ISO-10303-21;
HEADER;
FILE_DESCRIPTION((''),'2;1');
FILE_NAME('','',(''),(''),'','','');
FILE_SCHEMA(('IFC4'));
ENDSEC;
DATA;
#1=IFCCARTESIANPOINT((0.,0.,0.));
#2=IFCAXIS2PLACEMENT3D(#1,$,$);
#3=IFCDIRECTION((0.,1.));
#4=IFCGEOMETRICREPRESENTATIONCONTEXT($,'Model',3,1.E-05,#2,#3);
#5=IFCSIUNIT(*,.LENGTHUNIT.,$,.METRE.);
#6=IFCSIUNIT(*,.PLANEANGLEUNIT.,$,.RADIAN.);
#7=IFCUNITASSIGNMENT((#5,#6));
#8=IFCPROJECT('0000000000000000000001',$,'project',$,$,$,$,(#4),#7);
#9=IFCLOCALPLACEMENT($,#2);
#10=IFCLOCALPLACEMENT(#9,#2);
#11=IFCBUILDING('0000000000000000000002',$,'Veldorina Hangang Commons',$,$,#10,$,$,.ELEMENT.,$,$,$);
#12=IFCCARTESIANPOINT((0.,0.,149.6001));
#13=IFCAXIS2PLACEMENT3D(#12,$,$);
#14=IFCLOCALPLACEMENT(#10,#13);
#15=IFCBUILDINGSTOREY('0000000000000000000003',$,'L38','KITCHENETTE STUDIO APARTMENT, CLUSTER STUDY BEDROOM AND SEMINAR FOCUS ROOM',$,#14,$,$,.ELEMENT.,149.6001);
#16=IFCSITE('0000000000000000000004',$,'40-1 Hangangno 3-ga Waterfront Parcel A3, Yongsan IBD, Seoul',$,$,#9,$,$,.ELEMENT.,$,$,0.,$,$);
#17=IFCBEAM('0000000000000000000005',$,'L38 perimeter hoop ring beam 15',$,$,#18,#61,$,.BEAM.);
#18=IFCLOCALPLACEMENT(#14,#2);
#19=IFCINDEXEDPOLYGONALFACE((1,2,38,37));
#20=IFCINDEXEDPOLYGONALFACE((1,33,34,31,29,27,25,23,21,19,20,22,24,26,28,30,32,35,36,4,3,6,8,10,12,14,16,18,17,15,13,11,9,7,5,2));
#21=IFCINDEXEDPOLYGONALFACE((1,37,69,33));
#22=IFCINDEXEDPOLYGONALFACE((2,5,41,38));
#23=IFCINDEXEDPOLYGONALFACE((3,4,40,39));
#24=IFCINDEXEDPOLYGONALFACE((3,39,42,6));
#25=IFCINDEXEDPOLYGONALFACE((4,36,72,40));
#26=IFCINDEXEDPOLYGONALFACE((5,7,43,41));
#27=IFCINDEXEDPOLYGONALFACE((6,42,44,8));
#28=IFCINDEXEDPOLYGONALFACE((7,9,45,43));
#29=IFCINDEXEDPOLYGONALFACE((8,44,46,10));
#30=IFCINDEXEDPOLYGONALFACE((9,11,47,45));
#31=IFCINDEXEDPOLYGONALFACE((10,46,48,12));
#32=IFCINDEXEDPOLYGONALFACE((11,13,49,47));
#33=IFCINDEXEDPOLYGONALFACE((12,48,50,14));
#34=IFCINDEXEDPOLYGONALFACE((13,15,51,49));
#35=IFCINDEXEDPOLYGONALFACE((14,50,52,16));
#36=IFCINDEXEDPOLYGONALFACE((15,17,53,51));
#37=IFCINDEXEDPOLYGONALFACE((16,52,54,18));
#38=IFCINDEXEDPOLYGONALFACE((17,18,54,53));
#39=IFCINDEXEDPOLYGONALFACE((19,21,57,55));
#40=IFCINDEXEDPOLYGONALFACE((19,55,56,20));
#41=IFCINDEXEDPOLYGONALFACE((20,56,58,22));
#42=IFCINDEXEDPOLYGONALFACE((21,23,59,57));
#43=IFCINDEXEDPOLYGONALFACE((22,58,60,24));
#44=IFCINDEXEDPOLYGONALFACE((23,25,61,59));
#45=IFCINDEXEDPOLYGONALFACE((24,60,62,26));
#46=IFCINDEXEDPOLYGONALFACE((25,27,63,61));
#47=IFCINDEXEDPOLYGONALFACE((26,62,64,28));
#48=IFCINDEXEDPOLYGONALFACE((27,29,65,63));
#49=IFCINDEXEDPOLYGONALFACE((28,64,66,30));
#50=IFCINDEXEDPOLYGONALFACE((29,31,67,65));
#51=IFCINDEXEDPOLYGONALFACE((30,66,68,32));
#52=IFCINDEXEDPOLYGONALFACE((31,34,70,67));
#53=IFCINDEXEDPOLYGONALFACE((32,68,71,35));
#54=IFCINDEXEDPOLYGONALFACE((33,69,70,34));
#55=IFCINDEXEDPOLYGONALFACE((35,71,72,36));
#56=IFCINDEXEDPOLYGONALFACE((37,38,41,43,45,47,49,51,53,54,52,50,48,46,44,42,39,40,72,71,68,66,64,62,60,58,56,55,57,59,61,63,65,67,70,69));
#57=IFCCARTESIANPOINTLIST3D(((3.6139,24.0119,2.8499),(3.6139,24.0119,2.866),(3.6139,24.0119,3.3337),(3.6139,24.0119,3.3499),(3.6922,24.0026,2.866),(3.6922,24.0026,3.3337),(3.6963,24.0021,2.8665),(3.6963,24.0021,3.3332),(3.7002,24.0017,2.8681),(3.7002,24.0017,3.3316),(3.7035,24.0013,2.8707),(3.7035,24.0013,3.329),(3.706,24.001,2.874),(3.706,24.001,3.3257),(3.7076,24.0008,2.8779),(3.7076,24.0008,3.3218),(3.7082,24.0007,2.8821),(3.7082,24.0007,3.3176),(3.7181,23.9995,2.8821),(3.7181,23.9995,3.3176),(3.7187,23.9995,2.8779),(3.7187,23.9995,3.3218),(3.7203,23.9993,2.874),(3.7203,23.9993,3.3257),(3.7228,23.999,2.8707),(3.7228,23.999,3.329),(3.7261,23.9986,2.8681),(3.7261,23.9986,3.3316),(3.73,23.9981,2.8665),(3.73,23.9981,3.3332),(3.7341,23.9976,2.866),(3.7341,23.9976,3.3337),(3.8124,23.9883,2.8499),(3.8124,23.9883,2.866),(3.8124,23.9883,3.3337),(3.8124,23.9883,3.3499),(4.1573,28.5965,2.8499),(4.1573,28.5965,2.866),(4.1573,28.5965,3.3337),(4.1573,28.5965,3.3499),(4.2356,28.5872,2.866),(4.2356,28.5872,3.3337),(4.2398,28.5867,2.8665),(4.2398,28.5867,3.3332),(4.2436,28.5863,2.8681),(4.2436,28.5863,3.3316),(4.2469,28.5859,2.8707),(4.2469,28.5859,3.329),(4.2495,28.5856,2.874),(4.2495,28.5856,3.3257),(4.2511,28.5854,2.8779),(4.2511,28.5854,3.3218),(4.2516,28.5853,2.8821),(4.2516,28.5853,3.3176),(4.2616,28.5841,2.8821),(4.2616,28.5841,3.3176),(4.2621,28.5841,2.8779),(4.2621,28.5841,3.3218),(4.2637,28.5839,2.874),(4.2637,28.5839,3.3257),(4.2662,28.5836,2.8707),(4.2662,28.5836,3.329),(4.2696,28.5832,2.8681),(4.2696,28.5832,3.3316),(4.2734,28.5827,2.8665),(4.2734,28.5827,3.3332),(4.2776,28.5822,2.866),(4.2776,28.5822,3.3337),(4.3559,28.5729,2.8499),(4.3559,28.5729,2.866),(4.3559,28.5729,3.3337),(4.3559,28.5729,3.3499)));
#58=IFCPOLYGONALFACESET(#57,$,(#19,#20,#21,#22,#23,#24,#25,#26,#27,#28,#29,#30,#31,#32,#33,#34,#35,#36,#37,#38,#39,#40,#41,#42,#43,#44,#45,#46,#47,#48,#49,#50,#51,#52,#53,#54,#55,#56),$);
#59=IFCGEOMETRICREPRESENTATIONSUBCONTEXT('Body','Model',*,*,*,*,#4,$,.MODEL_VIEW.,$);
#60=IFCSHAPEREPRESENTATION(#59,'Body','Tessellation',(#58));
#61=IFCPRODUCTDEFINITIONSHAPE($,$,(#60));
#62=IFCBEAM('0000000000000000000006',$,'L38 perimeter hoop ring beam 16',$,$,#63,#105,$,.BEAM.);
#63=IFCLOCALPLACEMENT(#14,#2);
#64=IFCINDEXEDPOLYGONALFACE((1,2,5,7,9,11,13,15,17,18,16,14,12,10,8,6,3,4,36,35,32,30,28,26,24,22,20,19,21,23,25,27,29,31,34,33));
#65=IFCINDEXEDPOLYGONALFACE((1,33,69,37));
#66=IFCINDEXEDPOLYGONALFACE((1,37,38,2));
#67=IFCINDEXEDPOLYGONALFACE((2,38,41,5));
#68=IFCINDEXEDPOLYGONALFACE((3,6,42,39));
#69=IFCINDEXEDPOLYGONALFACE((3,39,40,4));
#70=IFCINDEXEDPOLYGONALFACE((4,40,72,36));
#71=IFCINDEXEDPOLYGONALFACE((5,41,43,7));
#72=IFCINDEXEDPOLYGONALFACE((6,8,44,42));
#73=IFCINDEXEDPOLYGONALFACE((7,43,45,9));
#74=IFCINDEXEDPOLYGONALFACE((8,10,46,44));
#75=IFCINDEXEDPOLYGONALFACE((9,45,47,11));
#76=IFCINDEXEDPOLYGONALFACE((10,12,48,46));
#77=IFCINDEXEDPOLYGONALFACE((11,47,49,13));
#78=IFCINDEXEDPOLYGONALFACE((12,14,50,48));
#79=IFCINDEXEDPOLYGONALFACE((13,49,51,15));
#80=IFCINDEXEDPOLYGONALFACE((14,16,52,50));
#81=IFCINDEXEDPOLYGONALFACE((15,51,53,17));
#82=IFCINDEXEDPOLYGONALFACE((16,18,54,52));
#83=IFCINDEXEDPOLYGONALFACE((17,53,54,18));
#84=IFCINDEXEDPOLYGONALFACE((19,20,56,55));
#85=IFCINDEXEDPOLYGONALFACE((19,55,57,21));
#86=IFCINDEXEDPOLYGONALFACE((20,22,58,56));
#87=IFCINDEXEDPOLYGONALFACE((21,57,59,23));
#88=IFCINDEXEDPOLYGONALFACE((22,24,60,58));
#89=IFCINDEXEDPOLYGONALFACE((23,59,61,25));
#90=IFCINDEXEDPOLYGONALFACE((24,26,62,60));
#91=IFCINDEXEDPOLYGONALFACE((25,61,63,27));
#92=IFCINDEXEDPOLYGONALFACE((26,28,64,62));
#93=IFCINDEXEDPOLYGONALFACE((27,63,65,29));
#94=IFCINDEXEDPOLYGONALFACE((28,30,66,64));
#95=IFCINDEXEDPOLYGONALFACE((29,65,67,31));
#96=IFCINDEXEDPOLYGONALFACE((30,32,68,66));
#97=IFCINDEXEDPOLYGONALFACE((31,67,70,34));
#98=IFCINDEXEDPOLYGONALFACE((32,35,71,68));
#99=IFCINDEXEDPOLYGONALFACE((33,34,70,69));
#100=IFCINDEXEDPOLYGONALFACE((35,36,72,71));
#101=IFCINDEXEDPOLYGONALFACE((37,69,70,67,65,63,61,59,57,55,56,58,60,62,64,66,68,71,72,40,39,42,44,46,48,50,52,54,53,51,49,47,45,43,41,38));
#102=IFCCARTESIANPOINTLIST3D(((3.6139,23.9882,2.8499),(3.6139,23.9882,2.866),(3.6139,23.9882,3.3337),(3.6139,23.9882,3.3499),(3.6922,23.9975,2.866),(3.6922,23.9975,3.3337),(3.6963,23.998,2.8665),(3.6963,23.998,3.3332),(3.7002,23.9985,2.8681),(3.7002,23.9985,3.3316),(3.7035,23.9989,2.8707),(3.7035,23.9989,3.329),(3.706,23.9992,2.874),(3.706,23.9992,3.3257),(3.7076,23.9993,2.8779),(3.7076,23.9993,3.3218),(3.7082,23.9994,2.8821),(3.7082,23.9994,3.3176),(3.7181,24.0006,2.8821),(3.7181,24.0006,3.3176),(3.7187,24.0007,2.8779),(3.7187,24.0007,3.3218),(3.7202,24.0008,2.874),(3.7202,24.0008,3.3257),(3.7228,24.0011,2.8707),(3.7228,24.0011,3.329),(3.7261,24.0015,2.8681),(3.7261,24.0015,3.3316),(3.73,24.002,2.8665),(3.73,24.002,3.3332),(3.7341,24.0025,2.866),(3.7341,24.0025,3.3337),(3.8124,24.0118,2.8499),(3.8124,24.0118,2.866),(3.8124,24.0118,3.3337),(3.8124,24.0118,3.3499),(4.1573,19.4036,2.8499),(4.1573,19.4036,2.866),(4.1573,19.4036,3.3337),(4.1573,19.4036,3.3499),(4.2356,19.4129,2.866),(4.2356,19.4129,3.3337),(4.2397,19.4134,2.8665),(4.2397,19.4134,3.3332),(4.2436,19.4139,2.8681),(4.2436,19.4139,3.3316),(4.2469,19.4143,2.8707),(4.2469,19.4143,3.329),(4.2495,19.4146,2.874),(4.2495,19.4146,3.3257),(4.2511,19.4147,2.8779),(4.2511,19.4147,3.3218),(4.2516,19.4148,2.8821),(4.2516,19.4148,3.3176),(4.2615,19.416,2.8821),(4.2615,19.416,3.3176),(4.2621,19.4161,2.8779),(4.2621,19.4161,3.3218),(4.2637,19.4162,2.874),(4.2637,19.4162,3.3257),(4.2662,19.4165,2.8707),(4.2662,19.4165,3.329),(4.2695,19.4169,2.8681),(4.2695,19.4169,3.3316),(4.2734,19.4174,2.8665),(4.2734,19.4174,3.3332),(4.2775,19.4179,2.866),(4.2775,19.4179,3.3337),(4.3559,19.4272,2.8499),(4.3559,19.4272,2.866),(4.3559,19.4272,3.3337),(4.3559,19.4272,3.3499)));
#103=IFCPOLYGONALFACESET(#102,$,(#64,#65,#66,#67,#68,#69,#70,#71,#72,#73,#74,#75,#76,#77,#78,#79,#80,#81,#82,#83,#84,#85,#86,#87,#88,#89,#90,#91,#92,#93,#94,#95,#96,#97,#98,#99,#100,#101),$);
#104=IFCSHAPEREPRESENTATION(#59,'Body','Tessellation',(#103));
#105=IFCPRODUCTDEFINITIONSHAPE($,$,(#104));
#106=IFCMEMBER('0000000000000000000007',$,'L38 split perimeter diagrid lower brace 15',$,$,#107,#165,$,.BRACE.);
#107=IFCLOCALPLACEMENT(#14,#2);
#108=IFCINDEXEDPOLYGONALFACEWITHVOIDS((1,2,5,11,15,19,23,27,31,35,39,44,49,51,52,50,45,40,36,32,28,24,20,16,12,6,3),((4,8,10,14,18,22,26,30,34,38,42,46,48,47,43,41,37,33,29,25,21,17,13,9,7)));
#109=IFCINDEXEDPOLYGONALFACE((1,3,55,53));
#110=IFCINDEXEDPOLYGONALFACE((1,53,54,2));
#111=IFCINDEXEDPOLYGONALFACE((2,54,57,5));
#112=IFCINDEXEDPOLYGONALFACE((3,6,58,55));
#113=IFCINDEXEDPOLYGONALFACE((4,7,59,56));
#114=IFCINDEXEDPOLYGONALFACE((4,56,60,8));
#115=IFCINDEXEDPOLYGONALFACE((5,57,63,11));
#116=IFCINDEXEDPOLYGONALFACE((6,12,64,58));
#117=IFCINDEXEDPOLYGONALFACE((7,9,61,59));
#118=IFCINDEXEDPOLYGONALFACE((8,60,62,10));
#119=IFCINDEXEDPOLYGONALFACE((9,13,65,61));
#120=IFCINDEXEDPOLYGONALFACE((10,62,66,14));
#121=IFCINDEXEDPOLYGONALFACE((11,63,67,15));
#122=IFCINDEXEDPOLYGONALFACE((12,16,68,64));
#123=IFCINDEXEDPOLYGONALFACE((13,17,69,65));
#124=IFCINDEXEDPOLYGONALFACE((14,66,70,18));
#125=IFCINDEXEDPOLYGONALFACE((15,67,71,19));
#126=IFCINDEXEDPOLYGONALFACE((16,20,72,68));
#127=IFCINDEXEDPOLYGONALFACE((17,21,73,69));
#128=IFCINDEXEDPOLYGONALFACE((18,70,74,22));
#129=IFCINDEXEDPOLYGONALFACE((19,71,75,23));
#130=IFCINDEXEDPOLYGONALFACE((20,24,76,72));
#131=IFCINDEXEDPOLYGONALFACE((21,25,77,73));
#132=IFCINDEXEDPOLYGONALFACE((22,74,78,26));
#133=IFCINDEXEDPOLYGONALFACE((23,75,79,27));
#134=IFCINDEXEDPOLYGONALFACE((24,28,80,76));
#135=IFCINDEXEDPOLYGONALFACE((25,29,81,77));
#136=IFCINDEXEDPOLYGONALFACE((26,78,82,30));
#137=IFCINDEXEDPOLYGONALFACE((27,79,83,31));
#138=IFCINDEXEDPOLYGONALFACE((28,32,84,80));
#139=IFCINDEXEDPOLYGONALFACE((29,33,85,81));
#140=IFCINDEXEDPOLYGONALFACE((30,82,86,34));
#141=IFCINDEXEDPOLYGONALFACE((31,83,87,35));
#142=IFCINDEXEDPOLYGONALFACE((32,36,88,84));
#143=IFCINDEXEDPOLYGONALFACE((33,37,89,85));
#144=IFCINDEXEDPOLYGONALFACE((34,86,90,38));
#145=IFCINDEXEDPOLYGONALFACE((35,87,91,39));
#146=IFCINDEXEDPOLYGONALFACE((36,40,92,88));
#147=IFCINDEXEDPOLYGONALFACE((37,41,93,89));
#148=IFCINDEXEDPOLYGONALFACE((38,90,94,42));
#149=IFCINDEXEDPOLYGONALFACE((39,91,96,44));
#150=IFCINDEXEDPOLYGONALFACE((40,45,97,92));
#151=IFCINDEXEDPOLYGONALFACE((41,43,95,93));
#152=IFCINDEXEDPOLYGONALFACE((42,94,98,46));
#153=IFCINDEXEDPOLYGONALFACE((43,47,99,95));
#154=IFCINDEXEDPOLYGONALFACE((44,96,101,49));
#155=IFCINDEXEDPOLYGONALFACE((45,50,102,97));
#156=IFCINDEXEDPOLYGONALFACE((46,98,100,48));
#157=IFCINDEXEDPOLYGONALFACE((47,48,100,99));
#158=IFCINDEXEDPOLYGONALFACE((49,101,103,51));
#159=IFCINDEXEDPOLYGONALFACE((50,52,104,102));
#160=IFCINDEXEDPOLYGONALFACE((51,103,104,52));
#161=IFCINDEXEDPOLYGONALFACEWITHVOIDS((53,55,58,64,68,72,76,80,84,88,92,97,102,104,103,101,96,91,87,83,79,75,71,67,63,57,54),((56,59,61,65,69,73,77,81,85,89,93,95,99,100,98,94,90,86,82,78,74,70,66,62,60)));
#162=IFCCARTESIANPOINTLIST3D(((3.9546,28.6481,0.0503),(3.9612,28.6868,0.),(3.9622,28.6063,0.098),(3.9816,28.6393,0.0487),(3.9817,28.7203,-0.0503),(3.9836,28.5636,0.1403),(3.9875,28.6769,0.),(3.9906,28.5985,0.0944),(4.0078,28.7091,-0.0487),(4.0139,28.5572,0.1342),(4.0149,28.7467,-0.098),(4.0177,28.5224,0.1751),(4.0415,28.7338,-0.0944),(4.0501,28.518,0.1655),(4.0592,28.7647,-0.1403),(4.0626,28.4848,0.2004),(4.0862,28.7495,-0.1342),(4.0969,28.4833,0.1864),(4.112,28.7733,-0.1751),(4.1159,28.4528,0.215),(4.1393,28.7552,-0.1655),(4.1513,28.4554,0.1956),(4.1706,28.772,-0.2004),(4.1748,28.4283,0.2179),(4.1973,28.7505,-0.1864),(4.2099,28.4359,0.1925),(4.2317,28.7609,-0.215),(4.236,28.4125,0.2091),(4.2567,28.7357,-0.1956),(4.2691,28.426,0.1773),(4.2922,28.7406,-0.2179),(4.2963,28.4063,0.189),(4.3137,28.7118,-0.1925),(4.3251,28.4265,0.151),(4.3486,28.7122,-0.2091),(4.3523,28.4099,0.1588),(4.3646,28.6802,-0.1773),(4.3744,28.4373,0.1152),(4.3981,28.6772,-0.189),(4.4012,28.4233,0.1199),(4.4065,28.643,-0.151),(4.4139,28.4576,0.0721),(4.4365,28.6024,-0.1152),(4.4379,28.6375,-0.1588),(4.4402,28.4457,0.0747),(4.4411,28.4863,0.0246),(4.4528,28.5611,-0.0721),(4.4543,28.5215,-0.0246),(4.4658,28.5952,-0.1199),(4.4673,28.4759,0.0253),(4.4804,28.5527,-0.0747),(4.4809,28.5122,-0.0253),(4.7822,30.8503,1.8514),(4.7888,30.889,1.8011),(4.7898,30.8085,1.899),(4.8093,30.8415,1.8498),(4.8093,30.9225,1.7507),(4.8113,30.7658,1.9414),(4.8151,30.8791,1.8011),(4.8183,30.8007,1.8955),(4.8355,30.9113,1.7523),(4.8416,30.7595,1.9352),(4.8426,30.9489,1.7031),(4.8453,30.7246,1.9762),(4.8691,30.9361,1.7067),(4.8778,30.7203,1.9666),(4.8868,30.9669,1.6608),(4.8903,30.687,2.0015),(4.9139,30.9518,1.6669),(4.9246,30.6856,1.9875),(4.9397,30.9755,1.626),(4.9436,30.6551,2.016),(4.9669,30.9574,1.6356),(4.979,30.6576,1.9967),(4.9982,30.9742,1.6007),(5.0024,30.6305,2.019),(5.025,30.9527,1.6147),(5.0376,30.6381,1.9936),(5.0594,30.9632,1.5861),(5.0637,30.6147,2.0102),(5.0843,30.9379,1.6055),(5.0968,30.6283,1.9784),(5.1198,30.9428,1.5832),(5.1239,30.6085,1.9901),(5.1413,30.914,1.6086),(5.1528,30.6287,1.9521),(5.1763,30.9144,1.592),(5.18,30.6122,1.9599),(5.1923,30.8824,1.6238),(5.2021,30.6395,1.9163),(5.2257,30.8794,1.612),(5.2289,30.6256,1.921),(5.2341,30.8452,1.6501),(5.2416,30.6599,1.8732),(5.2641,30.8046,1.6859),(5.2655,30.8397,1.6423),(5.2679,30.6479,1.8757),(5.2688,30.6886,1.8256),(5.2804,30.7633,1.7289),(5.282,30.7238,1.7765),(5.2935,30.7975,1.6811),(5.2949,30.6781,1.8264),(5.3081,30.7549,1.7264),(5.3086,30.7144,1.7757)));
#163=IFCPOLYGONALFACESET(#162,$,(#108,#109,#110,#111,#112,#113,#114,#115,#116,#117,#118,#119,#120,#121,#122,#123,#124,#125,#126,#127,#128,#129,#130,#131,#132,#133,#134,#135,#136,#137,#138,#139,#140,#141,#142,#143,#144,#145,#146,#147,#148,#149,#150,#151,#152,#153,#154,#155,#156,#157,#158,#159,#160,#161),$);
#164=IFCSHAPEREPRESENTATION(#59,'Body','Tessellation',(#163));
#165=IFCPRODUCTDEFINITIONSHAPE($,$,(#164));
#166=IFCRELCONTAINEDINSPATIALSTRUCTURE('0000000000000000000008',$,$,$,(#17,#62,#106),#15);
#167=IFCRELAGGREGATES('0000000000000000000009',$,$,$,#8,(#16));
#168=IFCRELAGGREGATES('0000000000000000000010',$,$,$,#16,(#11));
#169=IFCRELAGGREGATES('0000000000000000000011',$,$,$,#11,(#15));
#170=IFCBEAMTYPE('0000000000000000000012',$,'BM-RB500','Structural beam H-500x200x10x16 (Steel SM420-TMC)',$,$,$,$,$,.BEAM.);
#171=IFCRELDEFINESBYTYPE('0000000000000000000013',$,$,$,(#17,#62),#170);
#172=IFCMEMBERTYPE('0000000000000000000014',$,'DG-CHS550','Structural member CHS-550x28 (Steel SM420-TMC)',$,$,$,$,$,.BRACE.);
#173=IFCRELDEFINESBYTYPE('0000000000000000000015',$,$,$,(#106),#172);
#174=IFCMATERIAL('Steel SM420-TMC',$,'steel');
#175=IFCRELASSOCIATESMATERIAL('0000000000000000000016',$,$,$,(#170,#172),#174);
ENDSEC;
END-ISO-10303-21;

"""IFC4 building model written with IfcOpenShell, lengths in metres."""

from ifc_helpers import new_model, si_unit, direction, frame, origin, origin_2d, place, context, subcontext, project, spatial, hollow_circle, i_section, extrude, material, material_profile, profile_set, type_object, element, save


model = new_model("IFC4")

# Units and contexts
model_context = context("Model", 3, precision=1e-05, world=origin(), true_north=direction((0.0, 1.0)))
body_context = subcontext(model_context, "Body", "Model", "MODEL_VIEW")
ifc_project = project(units=[si_unit("LENGTHUNIT", "METRE"), si_unit("PLANEANGLEUNIT", "RADIAN")], contexts=[model_context])

# Site, building, storey
site_placement = place(None, origin())
site = spatial("IfcSite", under=ifc_project, at=site_placement, Name="40-1 Hangangno 3-ga Waterfront Parcel A3, Yongsan IBD, Seoul", CompositionType="ELEMENT", RefElevation=0.0)
building_placement = place(site_placement, origin())
building = spatial("IfcBuilding", under=site, at=building_placement, Name="Veldorina Hangang Commons", CompositionType="ELEMENT")
storey_placement = place(building_placement, frame((0.0, 0.0, 149.6001)))
storey = spatial("IfcBuildingStorey", under=building, at=storey_placement, Name="L38", Description="KITCHENETTE STUDIO APARTMENT, CLUSTER STUDY BEDROOM AND SEMINAR FOCUS ROOM", CompositionType="ELEMENT", Elevation=149.6001)

# Beams
ifc_material_1 = material(Name="Steel SM420-TMC", Category="steel")
ifc_material_profile_1 = material_profile(ifc_material_1, i_section(OverallWidth=0.2, OverallDepth=0.5, WebThickness=0.01, FlangeThickness=0.0161, FilletRadius=0.0161, at=origin_2d()), Name="H-500x200x10x16")
ifc_profile_set_1 = profile_set([ifc_material_profile_1], Name="Steel SM420-TMC")
beam_type_1 = type_object("IfcBeamType", Name="BM-RB500", Description="Structural beam H-500x200x10x16 (Steel SM420-TMC)", PredefinedType="BEAM", material=ifc_profile_set_1)
for number, where, z_axis, x_axis, name in (
    (1, (4.2566, 28.5847, 3.0999), (-0.117713, -0.993048, 0.0), (0.993048, -0.117713, 0.0), "L38 perimeter hoop ring beam 15"),
    (2, (3.7131, 24.0, 3.0999), (0.117713, -0.993048, 0.0), (0.993048, 0.117713, 0.0), "L38 perimeter hoop ring beam 16"),
):
    element("IfcBeam", number, at=place(storey_placement, frame(where, z_axis=z_axis, x_axis=x_axis)), inside=storey, type_object=beam_type_1, Name=name, PredefinedType="BEAM", context=body_context, shape_type="SweptSolid", body=[
        extrude(i_section(OverallWidth=0.2, OverallDepth=0.5, WebThickness=0.01, FlangeThickness=0.0161, FilletRadius=0.0161, at=origin_2d()), origin(), (0.0, 0.0, 1.0), 4.6167),
    ])

# Member
ifc_material_profile_2 = material_profile(ifc_material_1, hollow_circle(Radius=0.2749, WallThickness=0.0281, at=origin_2d()), Name="CHS-550x28")
ifc_profile_set_2 = profile_set([ifc_material_profile_2], Name="Steel SM420-TMC")
member_type = type_object("IfcMemberType", Name="DG-CHS550", Description="Structural member CHS-550x28 (Steel SM420-TMC)", PredefinedType="BRACE", material=ifc_profile_set_2)
member_1_placement = place(storey_placement, frame((4.2185, 28.5901, 0.0), z_axis=(0.279344, 0.743268, 0.607881), x_axis=(-0.936073, 0.351806, 0.0)))
element("IfcMember", 3, at=member_1_placement, inside=storey, type_object=member_type, Name="L38 split perimeter diagrid lower brace 15", PredefinedType="BRACE", context=body_context, shape_type="SweptSolid", body=[
    extrude(hollow_circle(Radius=0.2749, WallThickness=0.0281, at=origin_2d()), origin(), (0.0, 0.0, 1.0), 2.9629),
])

save(model, "model.ifc")
